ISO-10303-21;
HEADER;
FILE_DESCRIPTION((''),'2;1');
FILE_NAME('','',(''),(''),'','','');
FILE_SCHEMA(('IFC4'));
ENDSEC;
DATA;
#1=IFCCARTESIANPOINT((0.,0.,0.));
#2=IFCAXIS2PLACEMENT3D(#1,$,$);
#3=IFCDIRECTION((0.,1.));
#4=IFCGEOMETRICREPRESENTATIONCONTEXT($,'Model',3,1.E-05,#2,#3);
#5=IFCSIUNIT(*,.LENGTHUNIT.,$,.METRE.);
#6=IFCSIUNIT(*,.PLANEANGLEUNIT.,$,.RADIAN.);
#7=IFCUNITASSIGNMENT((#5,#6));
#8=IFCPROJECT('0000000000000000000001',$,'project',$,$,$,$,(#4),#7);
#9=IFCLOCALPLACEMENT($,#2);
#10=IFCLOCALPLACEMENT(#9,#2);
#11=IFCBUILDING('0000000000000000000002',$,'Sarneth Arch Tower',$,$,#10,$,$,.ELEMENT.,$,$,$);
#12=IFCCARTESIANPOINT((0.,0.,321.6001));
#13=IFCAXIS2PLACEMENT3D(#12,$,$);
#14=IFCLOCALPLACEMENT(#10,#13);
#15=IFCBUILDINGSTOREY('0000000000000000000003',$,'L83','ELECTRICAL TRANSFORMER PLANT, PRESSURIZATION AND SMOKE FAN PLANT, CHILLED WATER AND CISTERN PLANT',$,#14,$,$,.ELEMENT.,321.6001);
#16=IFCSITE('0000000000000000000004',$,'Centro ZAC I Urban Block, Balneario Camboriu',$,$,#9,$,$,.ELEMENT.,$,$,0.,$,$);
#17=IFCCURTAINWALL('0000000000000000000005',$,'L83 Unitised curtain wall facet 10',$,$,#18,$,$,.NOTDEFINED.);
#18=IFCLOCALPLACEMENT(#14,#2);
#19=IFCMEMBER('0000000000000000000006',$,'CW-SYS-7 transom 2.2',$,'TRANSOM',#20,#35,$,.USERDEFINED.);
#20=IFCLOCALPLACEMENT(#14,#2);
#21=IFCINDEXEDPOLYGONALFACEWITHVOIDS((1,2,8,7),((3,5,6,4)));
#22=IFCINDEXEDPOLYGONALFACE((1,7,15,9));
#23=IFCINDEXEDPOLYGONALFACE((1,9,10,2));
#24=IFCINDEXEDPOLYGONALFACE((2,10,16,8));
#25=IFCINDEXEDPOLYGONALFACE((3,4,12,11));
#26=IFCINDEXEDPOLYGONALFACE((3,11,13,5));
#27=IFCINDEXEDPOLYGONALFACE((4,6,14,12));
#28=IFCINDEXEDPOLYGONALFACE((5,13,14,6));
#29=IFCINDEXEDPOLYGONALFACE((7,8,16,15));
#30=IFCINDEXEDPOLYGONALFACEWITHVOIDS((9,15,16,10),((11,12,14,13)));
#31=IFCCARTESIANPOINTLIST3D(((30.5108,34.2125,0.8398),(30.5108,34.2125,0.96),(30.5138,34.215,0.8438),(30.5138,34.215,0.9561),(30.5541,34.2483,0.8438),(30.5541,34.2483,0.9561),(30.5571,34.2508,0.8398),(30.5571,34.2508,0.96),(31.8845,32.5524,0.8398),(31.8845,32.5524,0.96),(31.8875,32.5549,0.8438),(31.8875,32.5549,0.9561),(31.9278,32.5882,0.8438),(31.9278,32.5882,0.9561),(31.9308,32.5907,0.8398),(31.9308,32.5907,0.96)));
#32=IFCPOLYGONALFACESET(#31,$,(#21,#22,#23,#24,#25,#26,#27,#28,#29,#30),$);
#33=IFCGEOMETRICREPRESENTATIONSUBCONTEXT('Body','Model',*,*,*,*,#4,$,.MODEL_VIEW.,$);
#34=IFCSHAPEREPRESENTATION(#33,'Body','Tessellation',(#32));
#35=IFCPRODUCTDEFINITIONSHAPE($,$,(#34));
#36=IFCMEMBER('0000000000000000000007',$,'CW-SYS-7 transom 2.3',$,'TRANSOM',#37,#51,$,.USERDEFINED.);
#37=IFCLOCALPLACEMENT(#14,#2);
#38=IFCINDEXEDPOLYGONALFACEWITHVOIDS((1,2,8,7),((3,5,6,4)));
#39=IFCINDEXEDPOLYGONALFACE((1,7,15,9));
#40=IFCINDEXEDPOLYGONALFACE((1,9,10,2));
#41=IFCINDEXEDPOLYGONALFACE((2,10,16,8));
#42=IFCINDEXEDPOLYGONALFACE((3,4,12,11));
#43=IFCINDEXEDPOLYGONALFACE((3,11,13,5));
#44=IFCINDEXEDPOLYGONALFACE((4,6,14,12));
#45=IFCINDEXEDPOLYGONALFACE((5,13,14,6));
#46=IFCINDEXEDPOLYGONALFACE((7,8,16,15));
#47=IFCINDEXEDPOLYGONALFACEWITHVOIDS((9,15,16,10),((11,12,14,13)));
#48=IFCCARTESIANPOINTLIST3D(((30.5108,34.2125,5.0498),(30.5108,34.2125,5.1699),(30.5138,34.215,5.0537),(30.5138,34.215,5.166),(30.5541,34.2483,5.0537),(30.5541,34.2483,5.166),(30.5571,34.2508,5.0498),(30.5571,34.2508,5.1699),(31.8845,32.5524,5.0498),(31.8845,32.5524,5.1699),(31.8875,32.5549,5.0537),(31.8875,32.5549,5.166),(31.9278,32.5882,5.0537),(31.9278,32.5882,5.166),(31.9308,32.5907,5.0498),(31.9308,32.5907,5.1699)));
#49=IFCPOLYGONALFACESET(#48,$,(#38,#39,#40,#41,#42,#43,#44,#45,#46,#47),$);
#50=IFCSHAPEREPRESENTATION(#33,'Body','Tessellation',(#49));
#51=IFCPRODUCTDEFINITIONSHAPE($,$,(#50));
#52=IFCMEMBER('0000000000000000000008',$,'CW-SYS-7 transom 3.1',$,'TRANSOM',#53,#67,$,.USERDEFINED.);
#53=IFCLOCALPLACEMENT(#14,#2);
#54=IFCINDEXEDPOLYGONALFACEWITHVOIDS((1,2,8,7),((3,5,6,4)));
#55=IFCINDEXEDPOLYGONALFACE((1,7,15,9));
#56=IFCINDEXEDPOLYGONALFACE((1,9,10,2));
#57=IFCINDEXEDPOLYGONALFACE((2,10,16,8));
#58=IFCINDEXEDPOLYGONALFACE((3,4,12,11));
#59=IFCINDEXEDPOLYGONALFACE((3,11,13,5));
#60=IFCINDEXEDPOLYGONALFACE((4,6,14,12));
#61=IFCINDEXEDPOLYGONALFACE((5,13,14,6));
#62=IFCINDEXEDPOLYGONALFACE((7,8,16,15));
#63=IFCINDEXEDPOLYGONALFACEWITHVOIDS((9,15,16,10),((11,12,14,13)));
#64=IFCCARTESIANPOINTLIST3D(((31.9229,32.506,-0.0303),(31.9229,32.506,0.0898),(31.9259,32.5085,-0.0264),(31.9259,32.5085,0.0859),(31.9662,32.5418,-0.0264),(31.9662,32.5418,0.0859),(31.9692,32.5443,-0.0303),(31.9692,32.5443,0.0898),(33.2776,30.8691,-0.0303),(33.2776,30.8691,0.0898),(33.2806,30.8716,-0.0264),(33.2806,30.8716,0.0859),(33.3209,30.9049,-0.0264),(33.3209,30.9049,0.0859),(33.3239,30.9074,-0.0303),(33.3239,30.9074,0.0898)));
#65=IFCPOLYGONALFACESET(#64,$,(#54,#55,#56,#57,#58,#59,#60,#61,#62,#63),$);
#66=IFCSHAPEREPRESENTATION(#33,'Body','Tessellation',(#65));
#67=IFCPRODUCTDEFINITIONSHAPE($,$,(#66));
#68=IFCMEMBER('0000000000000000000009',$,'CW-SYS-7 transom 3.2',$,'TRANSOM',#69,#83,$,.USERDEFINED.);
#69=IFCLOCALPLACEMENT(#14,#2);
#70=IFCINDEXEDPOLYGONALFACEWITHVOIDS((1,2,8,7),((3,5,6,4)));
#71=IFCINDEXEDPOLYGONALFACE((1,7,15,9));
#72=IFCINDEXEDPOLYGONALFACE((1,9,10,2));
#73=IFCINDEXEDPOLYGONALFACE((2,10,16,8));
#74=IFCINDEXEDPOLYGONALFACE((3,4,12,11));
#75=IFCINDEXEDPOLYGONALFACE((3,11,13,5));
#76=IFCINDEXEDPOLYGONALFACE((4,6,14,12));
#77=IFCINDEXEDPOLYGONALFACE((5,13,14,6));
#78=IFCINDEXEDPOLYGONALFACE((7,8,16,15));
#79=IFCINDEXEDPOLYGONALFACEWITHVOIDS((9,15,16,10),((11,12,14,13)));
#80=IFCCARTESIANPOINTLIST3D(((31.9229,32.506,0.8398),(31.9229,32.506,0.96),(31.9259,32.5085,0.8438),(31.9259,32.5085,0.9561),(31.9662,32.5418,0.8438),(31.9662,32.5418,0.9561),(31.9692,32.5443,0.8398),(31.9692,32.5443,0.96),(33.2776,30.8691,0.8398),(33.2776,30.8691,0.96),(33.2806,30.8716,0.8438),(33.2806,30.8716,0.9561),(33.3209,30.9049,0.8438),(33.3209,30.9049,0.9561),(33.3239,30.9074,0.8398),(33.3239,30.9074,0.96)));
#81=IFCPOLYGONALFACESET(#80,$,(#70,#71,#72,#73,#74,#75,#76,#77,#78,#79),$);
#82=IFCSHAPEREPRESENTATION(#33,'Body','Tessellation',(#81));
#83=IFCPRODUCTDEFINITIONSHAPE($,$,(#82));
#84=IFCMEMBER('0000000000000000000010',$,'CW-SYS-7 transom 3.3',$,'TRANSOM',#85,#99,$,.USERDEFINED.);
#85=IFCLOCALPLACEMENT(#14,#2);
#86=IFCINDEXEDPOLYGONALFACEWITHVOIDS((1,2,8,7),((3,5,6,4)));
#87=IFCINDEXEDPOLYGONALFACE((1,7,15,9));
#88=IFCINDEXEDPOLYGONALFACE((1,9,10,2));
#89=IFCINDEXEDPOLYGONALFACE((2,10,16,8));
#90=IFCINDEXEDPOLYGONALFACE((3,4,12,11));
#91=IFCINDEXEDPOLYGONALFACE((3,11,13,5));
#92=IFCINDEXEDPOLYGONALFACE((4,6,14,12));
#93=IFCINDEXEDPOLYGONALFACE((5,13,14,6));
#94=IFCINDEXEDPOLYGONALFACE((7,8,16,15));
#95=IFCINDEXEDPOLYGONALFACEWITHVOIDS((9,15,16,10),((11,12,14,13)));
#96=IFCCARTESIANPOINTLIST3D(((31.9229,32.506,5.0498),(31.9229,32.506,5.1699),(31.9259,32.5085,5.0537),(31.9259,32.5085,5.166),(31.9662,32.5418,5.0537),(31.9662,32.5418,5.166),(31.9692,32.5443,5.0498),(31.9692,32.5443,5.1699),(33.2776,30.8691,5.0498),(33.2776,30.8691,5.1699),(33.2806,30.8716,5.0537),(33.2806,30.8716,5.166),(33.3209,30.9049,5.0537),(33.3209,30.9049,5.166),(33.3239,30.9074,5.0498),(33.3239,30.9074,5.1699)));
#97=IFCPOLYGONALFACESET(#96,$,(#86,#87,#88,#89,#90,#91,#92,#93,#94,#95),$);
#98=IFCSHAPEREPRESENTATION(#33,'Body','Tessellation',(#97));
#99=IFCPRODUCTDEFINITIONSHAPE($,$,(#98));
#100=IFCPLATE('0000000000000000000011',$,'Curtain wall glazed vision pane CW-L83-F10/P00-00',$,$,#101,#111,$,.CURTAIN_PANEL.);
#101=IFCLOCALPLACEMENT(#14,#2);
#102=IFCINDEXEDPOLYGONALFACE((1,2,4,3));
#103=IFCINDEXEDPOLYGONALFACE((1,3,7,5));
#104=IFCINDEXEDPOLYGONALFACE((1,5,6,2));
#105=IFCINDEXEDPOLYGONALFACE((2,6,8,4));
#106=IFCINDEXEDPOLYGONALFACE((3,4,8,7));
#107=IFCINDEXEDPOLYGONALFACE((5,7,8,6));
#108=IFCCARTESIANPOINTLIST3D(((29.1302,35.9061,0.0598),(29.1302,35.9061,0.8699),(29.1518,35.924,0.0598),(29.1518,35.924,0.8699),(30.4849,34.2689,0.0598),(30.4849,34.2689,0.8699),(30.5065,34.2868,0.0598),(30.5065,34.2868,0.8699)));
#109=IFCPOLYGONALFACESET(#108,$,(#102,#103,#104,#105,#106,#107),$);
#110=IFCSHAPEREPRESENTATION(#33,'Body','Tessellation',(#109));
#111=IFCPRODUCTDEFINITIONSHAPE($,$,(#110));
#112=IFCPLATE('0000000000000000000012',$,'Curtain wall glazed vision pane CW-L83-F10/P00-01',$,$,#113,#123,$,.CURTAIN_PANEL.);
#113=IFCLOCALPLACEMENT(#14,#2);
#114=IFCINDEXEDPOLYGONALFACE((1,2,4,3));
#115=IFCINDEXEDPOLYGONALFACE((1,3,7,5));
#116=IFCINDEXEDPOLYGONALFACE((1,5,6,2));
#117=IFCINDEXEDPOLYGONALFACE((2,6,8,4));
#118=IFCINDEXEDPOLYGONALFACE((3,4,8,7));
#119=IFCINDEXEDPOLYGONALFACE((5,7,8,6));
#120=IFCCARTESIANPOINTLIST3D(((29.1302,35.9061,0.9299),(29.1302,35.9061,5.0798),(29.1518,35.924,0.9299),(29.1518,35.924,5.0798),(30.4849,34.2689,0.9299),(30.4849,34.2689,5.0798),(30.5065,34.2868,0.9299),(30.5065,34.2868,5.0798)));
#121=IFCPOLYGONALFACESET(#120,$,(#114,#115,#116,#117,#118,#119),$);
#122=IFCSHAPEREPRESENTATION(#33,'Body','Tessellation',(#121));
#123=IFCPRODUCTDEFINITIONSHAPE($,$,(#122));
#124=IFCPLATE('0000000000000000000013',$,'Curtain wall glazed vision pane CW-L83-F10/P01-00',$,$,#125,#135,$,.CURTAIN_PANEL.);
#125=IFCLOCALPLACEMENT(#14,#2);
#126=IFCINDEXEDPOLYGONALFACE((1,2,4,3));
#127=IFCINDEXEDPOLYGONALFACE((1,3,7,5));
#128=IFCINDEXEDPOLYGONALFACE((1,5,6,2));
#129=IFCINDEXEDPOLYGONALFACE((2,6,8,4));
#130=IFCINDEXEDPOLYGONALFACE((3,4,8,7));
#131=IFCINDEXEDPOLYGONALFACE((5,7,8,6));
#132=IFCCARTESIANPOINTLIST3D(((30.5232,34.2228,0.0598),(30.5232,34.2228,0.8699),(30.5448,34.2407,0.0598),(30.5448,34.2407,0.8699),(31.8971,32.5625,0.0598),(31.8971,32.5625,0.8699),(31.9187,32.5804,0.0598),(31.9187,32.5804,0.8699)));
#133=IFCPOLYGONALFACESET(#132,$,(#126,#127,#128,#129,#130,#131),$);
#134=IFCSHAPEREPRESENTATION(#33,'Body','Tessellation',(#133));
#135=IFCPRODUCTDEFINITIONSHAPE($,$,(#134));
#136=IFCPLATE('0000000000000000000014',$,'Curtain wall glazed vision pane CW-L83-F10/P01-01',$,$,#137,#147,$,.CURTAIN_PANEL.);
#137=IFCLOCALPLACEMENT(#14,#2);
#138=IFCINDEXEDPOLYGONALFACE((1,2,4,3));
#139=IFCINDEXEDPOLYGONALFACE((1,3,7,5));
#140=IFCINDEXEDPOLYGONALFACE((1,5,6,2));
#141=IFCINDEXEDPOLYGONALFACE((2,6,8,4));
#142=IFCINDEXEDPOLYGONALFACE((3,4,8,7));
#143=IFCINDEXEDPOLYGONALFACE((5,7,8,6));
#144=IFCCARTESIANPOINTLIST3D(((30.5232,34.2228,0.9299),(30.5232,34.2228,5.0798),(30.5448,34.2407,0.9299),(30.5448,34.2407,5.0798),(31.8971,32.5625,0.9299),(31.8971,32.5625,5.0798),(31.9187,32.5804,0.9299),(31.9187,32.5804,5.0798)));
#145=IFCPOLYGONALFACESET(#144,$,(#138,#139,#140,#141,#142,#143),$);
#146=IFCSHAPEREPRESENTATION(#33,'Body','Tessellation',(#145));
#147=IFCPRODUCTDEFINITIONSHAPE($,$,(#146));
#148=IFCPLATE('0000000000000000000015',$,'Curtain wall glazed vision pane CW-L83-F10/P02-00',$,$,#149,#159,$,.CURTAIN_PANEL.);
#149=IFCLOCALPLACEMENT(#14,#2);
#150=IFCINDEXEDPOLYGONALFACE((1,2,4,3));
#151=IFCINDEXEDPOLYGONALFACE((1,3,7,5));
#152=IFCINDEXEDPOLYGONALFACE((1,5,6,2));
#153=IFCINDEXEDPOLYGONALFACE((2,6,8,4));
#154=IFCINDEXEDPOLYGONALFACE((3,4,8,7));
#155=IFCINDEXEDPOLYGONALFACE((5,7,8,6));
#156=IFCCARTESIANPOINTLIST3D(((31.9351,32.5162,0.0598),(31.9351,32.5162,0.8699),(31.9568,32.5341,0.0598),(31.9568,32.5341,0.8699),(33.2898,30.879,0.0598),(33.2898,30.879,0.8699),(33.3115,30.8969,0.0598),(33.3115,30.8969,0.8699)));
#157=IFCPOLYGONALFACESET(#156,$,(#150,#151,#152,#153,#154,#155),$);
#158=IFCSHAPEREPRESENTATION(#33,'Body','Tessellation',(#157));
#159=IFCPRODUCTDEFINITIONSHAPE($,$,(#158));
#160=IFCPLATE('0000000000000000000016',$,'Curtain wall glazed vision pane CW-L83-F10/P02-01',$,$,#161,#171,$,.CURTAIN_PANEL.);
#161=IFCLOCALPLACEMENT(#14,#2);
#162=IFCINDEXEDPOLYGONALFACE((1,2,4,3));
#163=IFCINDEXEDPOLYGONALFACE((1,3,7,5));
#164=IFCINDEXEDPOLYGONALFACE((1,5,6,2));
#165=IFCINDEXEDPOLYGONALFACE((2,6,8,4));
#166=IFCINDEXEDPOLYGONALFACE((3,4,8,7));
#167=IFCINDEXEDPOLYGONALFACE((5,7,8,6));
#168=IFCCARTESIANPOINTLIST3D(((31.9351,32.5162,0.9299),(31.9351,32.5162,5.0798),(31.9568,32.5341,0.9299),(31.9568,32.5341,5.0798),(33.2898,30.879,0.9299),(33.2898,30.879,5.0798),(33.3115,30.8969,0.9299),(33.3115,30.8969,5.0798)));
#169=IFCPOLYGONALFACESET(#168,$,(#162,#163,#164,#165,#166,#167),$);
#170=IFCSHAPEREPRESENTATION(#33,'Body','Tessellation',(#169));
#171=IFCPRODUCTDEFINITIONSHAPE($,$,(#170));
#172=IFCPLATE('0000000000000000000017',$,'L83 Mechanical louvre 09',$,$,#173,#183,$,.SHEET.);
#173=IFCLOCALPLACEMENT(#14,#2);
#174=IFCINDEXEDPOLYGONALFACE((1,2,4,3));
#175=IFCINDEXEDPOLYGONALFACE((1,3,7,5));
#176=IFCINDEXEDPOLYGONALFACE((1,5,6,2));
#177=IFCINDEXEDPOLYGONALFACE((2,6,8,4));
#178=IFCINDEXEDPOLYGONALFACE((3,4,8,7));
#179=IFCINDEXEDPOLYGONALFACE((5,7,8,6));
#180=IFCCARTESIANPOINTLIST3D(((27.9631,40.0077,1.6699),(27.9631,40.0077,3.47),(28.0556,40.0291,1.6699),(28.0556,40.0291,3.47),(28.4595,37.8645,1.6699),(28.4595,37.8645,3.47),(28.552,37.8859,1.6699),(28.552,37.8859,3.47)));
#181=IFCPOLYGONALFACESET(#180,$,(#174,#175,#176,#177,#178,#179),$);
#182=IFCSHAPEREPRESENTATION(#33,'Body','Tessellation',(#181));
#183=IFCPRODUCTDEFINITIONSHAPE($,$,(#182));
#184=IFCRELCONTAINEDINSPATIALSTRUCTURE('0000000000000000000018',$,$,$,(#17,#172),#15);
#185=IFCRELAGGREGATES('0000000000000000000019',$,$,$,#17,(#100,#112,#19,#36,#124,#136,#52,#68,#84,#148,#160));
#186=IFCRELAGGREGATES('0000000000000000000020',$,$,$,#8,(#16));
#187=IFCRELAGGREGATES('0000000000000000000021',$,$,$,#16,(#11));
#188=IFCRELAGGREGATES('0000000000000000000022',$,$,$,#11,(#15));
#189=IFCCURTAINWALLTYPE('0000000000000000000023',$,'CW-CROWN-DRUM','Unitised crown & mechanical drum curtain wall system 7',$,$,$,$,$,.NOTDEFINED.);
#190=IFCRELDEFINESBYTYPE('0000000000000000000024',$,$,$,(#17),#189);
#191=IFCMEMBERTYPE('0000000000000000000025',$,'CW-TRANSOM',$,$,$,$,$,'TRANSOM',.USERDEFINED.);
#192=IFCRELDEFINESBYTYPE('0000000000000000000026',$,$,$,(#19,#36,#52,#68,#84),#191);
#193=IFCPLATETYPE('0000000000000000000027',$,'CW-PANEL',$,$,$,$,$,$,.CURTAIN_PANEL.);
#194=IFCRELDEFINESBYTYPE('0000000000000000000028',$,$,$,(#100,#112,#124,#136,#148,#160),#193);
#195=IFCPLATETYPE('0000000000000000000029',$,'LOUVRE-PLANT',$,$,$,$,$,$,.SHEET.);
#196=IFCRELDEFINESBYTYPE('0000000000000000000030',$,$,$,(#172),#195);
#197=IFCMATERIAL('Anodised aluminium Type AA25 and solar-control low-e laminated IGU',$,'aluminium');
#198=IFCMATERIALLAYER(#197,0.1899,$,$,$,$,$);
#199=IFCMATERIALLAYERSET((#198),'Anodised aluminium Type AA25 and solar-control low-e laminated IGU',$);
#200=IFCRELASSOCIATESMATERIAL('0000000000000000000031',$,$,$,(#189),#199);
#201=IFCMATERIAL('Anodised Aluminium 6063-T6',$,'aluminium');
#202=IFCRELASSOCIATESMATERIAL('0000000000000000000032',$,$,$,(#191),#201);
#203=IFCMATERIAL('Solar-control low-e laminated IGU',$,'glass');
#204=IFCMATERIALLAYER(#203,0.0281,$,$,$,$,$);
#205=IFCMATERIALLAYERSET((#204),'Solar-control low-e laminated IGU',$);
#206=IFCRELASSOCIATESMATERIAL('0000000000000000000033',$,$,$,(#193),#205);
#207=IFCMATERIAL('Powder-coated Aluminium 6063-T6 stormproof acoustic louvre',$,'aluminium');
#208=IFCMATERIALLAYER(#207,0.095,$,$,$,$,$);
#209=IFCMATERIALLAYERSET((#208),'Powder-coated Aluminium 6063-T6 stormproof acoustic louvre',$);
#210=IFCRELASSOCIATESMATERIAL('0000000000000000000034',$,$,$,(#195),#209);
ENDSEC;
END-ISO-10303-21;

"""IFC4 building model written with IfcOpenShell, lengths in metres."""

from ifc_helpers import new_model, si_unit, direction, frame, origin, origin_2d, place, context, subcontext, project, spatial, rectangle, hollow_rectangle, extrude, material, layer, layer_set, material_profile, profile_set, type_object, element, aggregate, save


model = new_model("IFC4")

# Units and contexts
model_context = context("Model", 3, precision=1e-05, world=origin(), true_north=direction((0.0, 1.0)))
body_context = subcontext(model_context, "Body", "Model", "MODEL_VIEW")
ifc_project = project(units=[si_unit("LENGTHUNIT", "METRE"), si_unit("PLANEANGLEUNIT", "RADIAN")], contexts=[model_context])

# Site, building, storey
site_placement = place(None, origin())
site = spatial("IfcSite", under=ifc_project, at=site_placement, Name="Centro ZAC I Urban Block, Balneario Camboriu", CompositionType="ELEMENT", RefElevation=0.0)
building_placement = place(site_placement, origin())
building = spatial("IfcBuilding", under=site, at=building_placement, Name="Sarneth Arch Tower", CompositionType="ELEMENT")
storey_placement = place(building_placement, frame((0.0, 0.0, 321.6001)))
storey = spatial("IfcBuildingStorey", under=building, at=storey_placement, Name="L83", Description="ELECTRICAL TRANSFORMER PLANT, PRESSURIZATION AND SMOKE FAN PLANT, CHILLED WATER AND CISTERN PLANT", CompositionType="ELEMENT", Elevation=321.6001)

# Curtain wall, members, plates
ifc_material_1 = material(Name="Anodised aluminium Type AA25 and solar-control low-e laminated IGU", Category="aluminium")
ifc_layer_1 = layer(ifc_material_1, 0.1899)
ifc_layer_set_1 = layer_set([ifc_layer_1], Name="Anodised aluminium Type AA25 and solar-control low-e laminated IGU")
curtain_wall_type = type_object("IfcCurtainWallType", Name="CW-CROWN-DRUM", Description="Unitised crown & mechanical drum curtain wall system 7", PredefinedType="NOTDEFINED", material=ifc_layer_set_1)
curtain_wall_placement = place(storey_placement, origin())
curtain_wall = element("IfcCurtainWall", 1, at=curtain_wall_placement, inside=storey, type_object=curtain_wall_type, Name="L83 Unitised curtain wall facet 10", PredefinedType="NOTDEFINED")
ifc_material_2 = material(Name="Anodised Aluminium 6063-T6", Category="aluminium")
ifc_material_profile_1 = material_profile(ifc_material_2, hollow_rectangle(XDim=0.0601, YDim=0.1201, WallThickness=0.0039, at=origin_2d()), Name="AL-TRAN-120x60x4")
ifc_profile_set_1 = profile_set([ifc_material_profile_1], Name="Anodised Aluminium 6063-T6")
member_type_1 = type_object("IfcMemberType", Name="CW-TRANSOM", ElementType="TRANSOM", PredefinedType="USERDEFINED", material=ifc_profile_set_1)
member_1_placement = place(storey_placement, frame((30.5339, 34.2317, 0.8999), z_axis=(0.637528, -0.770427, 0.0), x_axis=(0.770427, 0.637528, 0.0)))
member_1 = element("IfcMember", 2, at=member_1_placement, type_object=member_type_1, Name="CW-SYS-7 transom 2.2", ObjectType="TRANSOM", PredefinedType="USERDEFINED", context=body_context, shape_type="SweptSolid", body=[
    extrude(hollow_rectangle(XDim=0.0601, YDim=0.1201, WallThickness=0.0039, at=origin_2d()), origin(), (0.0, 0.0, 1.0), 2.1548),
])
member_2_placement = place(storey_placement, frame((30.5339, 34.2317, 5.1099), z_axis=(0.637528, -0.770427, 0.0), x_axis=(0.770427, 0.637528, 0.0)))
member_2 = element("IfcMember", 3, at=member_2_placement, type_object=member_type_1, Name="CW-SYS-7 transom 2.3", ObjectType="TRANSOM", PredefinedType="USERDEFINED", context=body_context, shape_type="SweptSolid", body=[
    extrude(hollow_rectangle(XDim=0.0601, YDim=0.1201, WallThickness=0.0039, at=origin_2d()), origin(), (0.0, 0.0, 1.0), 2.1548),
])
member_3_placement = place(storey_placement, frame((31.946, 32.5251, 0.0298), z_axis=(0.63757, -0.770392, 0.0), x_axis=(0.770392, 0.63757, 0.0)))
member_3 = element("IfcMember", 4, at=member_3_placement, type_object=member_type_1, Name="CW-SYS-7 transom 3.1", ObjectType="TRANSOM", PredefinedType="USERDEFINED", context=body_context, shape_type="SweptSolid", body=[
    extrude(hollow_rectangle(XDim=0.0601, YDim=0.1201, WallThickness=0.0039, at=origin_2d()), origin(), (0.0, 0.0, 1.0), 2.1248),
])
member_4_placement = place(storey_placement, frame((31.946, 32.5251, 0.8999), z_axis=(0.63757, -0.770392, 0.0), x_axis=(0.770392, 0.63757, 0.0)))
member_4 = element("IfcMember", 5, at=member_4_placement, type_object=member_type_1, Name="CW-SYS-7 transom 3.2", ObjectType="TRANSOM", PredefinedType="USERDEFINED", context=body_context, shape_type="SweptSolid", body=[
    extrude(hollow_rectangle(XDim=0.0601, YDim=0.1201, WallThickness=0.0039, at=origin_2d()), origin(), (0.0, 0.0, 1.0), 2.1248),
])
member_5_placement = place(storey_placement, frame((31.946, 32.5251, 5.1099), z_axis=(0.63757, -0.770392, 0.0), x_axis=(0.770392, 0.63757, 0.0)))
member_5 = element("IfcMember", 6, at=member_5_placement, type_object=member_type_1, Name="CW-SYS-7 transom 3.3", ObjectType="TRANSOM", PredefinedType="USERDEFINED", context=body_context, shape_type="SweptSolid", body=[
    extrude(hollow_rectangle(XDim=0.0601, YDim=0.1201, WallThickness=0.0039, at=origin_2d()), origin(), (0.0, 0.0, 1.0), 2.1248),
])
ifc_material_3 = material(Name="Solar-control low-e laminated IGU", Category="glass")
ifc_layer_2 = layer(ifc_material_3, 0.0281)
ifc_layer_set_2 = layer_set([ifc_layer_2], Name="Solar-control low-e laminated IGU")
plate_type_1 = type_object("IfcPlateType", Name="CW-PANEL", PredefinedType="CURTAIN_PANEL", material=ifc_layer_set_2)
plate_1_placement = place(storey_placement, frame((29.8184, 35.0964, 0.0598), z_axis=(0.0, 0.0, 1.0), x_axis=(0.637505, -0.770446, 0.0)))
plate_1 = element("IfcPlate", 7, at=plate_1_placement, type_object=plate_type_1, Name="Curtain wall glazed vision pane CW-L83-F10/P00-00", PredefinedType="CURTAIN_PANEL", context=body_context, shape_type="SweptSolid", body=[
    extrude(rectangle(XDim=2.125, YDim=0.0281, at=origin_2d()), origin(), (0.0, 0.0, 1.0), 0.8101),
])
plate_2_placement = place(storey_placement, frame((29.8184, 35.0964, 0.9299), z_axis=(0.0, 0.0, 1.0), x_axis=(0.637505, -0.770446, 0.0)))
plate_2 = element("IfcPlate", 8, at=plate_2_placement, type_object=plate_type_1, Name="Curtain wall glazed vision pane CW-L83-F10/P00-01", PredefinedType="CURTAIN_PANEL", context=body_context, shape_type="SweptSolid", body=[
    extrude(rectangle(XDim=2.125, YDim=0.0281, at=origin_2d()), origin(), (0.0, 0.0, 1.0), 4.1499),
])
plate_3_placement = place(storey_placement, frame((31.2209, 33.4016, 0.0598), z_axis=(0.0, 0.0, 1.0), x_axis=(0.637505, -0.770446, 0.0)))
plate_3 = element("IfcPlate", 9, at=plate_3_placement, type_object=plate_type_1, Name="Curtain wall glazed vision pane CW-L83-F10/P01-00", PredefinedType="CURTAIN_PANEL", context=body_context, shape_type="SweptSolid", body=[
    extrude(rectangle(XDim=2.155, YDim=0.0281, at=origin_2d()), origin(), (0.0, 0.0, 1.0), 0.8101),
])
plate_4_placement = place(storey_placement, frame((31.2209, 33.4016, 0.9299), z_axis=(0.0, 0.0, 1.0), x_axis=(0.637505, -0.770446, 0.0)))
plate_4 = element("IfcPlate", 10, at=plate_4_placement, type_object=plate_type_1, Name="Curtain wall glazed vision pane CW-L83-F10/P01-01", PredefinedType="CURTAIN_PANEL", context=body_context, shape_type="SweptSolid", body=[
    extrude(rectangle(XDim=2.155, YDim=0.0281, at=origin_2d()), origin(), (0.0, 0.0, 1.0), 4.1499),
])
plate_5_placement = place(storey_placement, frame((32.6233, 31.7065, 0.0598), z_axis=(0.0, 0.0, 1.0), x_axis=(0.637505, -0.770446, 0.0)))
plate_5 = element("IfcPlate", 11, at=plate_5_placement, type_object=plate_type_1, Name="Curtain wall glazed vision pane CW-L83-F10/P02-00", PredefinedType="CURTAIN_PANEL", context=body_context, shape_type="SweptSolid", body=[
    extrude(rectangle(XDim=2.125, YDim=0.0281, at=origin_2d()), origin(), (0.0, 0.0, 1.0), 0.8101),
])
plate_6_placement = place(storey_placement, frame((32.6233, 31.7065, 0.9299), z_axis=(0.0, 0.0, 1.0), x_axis=(0.637505, -0.770446, 0.0)))
plate_6 = element("IfcPlate", 12, at=plate_6_placement, type_object=plate_type_1, Name="Curtain wall glazed vision pane CW-L83-F10/P02-01", PredefinedType="CURTAIN_PANEL", context=body_context, shape_type="SweptSolid", body=[
    extrude(rectangle(XDim=2.125, YDim=0.0281, at=origin_2d()), origin(), (0.0, 0.0, 1.0), 4.1499),
])
aggregate(curtain_wall, [plate_1, plate_2, member_1, member_2, plate_3, plate_4, member_3, member_4, member_5, plate_5, plate_6])

# Plate
ifc_material_4 = material(Name="Powder-coated Aluminium 6063-T6 stormproof acoustic louvre", Category="aluminium")
ifc_layer_3 = layer(ifc_material_4, 0.095)
ifc_layer_set_3 = layer_set([ifc_layer_3], Name="Powder-coated Aluminium 6063-T6 stormproof acoustic louvre")
plate_type_2 = type_object("IfcPlateType", Name="LOUVRE-PLANT", PredefinedType="SHEET", material=ifc_layer_set_3)
plate_7_placement = place(storey_placement, frame((28.2576, 38.9468, 1.6699), z_axis=(0.0, 0.0, 1.0), x_axis=(0.225631, -0.974213, 0.0)))
element("IfcPlate", 13, at=plate_7_placement, inside=storey, type_object=plate_type_2, Name="L83 Mechanical louvre 09", PredefinedType="SHEET", context=body_context, shape_type="SweptSolid", body=[
    extrude(rectangle(XDim=2.2, YDim=0.095, at=origin_2d()), origin(), (0.0, 0.0, 1.0), 1.8),
])

save(model, "model.ifc")
